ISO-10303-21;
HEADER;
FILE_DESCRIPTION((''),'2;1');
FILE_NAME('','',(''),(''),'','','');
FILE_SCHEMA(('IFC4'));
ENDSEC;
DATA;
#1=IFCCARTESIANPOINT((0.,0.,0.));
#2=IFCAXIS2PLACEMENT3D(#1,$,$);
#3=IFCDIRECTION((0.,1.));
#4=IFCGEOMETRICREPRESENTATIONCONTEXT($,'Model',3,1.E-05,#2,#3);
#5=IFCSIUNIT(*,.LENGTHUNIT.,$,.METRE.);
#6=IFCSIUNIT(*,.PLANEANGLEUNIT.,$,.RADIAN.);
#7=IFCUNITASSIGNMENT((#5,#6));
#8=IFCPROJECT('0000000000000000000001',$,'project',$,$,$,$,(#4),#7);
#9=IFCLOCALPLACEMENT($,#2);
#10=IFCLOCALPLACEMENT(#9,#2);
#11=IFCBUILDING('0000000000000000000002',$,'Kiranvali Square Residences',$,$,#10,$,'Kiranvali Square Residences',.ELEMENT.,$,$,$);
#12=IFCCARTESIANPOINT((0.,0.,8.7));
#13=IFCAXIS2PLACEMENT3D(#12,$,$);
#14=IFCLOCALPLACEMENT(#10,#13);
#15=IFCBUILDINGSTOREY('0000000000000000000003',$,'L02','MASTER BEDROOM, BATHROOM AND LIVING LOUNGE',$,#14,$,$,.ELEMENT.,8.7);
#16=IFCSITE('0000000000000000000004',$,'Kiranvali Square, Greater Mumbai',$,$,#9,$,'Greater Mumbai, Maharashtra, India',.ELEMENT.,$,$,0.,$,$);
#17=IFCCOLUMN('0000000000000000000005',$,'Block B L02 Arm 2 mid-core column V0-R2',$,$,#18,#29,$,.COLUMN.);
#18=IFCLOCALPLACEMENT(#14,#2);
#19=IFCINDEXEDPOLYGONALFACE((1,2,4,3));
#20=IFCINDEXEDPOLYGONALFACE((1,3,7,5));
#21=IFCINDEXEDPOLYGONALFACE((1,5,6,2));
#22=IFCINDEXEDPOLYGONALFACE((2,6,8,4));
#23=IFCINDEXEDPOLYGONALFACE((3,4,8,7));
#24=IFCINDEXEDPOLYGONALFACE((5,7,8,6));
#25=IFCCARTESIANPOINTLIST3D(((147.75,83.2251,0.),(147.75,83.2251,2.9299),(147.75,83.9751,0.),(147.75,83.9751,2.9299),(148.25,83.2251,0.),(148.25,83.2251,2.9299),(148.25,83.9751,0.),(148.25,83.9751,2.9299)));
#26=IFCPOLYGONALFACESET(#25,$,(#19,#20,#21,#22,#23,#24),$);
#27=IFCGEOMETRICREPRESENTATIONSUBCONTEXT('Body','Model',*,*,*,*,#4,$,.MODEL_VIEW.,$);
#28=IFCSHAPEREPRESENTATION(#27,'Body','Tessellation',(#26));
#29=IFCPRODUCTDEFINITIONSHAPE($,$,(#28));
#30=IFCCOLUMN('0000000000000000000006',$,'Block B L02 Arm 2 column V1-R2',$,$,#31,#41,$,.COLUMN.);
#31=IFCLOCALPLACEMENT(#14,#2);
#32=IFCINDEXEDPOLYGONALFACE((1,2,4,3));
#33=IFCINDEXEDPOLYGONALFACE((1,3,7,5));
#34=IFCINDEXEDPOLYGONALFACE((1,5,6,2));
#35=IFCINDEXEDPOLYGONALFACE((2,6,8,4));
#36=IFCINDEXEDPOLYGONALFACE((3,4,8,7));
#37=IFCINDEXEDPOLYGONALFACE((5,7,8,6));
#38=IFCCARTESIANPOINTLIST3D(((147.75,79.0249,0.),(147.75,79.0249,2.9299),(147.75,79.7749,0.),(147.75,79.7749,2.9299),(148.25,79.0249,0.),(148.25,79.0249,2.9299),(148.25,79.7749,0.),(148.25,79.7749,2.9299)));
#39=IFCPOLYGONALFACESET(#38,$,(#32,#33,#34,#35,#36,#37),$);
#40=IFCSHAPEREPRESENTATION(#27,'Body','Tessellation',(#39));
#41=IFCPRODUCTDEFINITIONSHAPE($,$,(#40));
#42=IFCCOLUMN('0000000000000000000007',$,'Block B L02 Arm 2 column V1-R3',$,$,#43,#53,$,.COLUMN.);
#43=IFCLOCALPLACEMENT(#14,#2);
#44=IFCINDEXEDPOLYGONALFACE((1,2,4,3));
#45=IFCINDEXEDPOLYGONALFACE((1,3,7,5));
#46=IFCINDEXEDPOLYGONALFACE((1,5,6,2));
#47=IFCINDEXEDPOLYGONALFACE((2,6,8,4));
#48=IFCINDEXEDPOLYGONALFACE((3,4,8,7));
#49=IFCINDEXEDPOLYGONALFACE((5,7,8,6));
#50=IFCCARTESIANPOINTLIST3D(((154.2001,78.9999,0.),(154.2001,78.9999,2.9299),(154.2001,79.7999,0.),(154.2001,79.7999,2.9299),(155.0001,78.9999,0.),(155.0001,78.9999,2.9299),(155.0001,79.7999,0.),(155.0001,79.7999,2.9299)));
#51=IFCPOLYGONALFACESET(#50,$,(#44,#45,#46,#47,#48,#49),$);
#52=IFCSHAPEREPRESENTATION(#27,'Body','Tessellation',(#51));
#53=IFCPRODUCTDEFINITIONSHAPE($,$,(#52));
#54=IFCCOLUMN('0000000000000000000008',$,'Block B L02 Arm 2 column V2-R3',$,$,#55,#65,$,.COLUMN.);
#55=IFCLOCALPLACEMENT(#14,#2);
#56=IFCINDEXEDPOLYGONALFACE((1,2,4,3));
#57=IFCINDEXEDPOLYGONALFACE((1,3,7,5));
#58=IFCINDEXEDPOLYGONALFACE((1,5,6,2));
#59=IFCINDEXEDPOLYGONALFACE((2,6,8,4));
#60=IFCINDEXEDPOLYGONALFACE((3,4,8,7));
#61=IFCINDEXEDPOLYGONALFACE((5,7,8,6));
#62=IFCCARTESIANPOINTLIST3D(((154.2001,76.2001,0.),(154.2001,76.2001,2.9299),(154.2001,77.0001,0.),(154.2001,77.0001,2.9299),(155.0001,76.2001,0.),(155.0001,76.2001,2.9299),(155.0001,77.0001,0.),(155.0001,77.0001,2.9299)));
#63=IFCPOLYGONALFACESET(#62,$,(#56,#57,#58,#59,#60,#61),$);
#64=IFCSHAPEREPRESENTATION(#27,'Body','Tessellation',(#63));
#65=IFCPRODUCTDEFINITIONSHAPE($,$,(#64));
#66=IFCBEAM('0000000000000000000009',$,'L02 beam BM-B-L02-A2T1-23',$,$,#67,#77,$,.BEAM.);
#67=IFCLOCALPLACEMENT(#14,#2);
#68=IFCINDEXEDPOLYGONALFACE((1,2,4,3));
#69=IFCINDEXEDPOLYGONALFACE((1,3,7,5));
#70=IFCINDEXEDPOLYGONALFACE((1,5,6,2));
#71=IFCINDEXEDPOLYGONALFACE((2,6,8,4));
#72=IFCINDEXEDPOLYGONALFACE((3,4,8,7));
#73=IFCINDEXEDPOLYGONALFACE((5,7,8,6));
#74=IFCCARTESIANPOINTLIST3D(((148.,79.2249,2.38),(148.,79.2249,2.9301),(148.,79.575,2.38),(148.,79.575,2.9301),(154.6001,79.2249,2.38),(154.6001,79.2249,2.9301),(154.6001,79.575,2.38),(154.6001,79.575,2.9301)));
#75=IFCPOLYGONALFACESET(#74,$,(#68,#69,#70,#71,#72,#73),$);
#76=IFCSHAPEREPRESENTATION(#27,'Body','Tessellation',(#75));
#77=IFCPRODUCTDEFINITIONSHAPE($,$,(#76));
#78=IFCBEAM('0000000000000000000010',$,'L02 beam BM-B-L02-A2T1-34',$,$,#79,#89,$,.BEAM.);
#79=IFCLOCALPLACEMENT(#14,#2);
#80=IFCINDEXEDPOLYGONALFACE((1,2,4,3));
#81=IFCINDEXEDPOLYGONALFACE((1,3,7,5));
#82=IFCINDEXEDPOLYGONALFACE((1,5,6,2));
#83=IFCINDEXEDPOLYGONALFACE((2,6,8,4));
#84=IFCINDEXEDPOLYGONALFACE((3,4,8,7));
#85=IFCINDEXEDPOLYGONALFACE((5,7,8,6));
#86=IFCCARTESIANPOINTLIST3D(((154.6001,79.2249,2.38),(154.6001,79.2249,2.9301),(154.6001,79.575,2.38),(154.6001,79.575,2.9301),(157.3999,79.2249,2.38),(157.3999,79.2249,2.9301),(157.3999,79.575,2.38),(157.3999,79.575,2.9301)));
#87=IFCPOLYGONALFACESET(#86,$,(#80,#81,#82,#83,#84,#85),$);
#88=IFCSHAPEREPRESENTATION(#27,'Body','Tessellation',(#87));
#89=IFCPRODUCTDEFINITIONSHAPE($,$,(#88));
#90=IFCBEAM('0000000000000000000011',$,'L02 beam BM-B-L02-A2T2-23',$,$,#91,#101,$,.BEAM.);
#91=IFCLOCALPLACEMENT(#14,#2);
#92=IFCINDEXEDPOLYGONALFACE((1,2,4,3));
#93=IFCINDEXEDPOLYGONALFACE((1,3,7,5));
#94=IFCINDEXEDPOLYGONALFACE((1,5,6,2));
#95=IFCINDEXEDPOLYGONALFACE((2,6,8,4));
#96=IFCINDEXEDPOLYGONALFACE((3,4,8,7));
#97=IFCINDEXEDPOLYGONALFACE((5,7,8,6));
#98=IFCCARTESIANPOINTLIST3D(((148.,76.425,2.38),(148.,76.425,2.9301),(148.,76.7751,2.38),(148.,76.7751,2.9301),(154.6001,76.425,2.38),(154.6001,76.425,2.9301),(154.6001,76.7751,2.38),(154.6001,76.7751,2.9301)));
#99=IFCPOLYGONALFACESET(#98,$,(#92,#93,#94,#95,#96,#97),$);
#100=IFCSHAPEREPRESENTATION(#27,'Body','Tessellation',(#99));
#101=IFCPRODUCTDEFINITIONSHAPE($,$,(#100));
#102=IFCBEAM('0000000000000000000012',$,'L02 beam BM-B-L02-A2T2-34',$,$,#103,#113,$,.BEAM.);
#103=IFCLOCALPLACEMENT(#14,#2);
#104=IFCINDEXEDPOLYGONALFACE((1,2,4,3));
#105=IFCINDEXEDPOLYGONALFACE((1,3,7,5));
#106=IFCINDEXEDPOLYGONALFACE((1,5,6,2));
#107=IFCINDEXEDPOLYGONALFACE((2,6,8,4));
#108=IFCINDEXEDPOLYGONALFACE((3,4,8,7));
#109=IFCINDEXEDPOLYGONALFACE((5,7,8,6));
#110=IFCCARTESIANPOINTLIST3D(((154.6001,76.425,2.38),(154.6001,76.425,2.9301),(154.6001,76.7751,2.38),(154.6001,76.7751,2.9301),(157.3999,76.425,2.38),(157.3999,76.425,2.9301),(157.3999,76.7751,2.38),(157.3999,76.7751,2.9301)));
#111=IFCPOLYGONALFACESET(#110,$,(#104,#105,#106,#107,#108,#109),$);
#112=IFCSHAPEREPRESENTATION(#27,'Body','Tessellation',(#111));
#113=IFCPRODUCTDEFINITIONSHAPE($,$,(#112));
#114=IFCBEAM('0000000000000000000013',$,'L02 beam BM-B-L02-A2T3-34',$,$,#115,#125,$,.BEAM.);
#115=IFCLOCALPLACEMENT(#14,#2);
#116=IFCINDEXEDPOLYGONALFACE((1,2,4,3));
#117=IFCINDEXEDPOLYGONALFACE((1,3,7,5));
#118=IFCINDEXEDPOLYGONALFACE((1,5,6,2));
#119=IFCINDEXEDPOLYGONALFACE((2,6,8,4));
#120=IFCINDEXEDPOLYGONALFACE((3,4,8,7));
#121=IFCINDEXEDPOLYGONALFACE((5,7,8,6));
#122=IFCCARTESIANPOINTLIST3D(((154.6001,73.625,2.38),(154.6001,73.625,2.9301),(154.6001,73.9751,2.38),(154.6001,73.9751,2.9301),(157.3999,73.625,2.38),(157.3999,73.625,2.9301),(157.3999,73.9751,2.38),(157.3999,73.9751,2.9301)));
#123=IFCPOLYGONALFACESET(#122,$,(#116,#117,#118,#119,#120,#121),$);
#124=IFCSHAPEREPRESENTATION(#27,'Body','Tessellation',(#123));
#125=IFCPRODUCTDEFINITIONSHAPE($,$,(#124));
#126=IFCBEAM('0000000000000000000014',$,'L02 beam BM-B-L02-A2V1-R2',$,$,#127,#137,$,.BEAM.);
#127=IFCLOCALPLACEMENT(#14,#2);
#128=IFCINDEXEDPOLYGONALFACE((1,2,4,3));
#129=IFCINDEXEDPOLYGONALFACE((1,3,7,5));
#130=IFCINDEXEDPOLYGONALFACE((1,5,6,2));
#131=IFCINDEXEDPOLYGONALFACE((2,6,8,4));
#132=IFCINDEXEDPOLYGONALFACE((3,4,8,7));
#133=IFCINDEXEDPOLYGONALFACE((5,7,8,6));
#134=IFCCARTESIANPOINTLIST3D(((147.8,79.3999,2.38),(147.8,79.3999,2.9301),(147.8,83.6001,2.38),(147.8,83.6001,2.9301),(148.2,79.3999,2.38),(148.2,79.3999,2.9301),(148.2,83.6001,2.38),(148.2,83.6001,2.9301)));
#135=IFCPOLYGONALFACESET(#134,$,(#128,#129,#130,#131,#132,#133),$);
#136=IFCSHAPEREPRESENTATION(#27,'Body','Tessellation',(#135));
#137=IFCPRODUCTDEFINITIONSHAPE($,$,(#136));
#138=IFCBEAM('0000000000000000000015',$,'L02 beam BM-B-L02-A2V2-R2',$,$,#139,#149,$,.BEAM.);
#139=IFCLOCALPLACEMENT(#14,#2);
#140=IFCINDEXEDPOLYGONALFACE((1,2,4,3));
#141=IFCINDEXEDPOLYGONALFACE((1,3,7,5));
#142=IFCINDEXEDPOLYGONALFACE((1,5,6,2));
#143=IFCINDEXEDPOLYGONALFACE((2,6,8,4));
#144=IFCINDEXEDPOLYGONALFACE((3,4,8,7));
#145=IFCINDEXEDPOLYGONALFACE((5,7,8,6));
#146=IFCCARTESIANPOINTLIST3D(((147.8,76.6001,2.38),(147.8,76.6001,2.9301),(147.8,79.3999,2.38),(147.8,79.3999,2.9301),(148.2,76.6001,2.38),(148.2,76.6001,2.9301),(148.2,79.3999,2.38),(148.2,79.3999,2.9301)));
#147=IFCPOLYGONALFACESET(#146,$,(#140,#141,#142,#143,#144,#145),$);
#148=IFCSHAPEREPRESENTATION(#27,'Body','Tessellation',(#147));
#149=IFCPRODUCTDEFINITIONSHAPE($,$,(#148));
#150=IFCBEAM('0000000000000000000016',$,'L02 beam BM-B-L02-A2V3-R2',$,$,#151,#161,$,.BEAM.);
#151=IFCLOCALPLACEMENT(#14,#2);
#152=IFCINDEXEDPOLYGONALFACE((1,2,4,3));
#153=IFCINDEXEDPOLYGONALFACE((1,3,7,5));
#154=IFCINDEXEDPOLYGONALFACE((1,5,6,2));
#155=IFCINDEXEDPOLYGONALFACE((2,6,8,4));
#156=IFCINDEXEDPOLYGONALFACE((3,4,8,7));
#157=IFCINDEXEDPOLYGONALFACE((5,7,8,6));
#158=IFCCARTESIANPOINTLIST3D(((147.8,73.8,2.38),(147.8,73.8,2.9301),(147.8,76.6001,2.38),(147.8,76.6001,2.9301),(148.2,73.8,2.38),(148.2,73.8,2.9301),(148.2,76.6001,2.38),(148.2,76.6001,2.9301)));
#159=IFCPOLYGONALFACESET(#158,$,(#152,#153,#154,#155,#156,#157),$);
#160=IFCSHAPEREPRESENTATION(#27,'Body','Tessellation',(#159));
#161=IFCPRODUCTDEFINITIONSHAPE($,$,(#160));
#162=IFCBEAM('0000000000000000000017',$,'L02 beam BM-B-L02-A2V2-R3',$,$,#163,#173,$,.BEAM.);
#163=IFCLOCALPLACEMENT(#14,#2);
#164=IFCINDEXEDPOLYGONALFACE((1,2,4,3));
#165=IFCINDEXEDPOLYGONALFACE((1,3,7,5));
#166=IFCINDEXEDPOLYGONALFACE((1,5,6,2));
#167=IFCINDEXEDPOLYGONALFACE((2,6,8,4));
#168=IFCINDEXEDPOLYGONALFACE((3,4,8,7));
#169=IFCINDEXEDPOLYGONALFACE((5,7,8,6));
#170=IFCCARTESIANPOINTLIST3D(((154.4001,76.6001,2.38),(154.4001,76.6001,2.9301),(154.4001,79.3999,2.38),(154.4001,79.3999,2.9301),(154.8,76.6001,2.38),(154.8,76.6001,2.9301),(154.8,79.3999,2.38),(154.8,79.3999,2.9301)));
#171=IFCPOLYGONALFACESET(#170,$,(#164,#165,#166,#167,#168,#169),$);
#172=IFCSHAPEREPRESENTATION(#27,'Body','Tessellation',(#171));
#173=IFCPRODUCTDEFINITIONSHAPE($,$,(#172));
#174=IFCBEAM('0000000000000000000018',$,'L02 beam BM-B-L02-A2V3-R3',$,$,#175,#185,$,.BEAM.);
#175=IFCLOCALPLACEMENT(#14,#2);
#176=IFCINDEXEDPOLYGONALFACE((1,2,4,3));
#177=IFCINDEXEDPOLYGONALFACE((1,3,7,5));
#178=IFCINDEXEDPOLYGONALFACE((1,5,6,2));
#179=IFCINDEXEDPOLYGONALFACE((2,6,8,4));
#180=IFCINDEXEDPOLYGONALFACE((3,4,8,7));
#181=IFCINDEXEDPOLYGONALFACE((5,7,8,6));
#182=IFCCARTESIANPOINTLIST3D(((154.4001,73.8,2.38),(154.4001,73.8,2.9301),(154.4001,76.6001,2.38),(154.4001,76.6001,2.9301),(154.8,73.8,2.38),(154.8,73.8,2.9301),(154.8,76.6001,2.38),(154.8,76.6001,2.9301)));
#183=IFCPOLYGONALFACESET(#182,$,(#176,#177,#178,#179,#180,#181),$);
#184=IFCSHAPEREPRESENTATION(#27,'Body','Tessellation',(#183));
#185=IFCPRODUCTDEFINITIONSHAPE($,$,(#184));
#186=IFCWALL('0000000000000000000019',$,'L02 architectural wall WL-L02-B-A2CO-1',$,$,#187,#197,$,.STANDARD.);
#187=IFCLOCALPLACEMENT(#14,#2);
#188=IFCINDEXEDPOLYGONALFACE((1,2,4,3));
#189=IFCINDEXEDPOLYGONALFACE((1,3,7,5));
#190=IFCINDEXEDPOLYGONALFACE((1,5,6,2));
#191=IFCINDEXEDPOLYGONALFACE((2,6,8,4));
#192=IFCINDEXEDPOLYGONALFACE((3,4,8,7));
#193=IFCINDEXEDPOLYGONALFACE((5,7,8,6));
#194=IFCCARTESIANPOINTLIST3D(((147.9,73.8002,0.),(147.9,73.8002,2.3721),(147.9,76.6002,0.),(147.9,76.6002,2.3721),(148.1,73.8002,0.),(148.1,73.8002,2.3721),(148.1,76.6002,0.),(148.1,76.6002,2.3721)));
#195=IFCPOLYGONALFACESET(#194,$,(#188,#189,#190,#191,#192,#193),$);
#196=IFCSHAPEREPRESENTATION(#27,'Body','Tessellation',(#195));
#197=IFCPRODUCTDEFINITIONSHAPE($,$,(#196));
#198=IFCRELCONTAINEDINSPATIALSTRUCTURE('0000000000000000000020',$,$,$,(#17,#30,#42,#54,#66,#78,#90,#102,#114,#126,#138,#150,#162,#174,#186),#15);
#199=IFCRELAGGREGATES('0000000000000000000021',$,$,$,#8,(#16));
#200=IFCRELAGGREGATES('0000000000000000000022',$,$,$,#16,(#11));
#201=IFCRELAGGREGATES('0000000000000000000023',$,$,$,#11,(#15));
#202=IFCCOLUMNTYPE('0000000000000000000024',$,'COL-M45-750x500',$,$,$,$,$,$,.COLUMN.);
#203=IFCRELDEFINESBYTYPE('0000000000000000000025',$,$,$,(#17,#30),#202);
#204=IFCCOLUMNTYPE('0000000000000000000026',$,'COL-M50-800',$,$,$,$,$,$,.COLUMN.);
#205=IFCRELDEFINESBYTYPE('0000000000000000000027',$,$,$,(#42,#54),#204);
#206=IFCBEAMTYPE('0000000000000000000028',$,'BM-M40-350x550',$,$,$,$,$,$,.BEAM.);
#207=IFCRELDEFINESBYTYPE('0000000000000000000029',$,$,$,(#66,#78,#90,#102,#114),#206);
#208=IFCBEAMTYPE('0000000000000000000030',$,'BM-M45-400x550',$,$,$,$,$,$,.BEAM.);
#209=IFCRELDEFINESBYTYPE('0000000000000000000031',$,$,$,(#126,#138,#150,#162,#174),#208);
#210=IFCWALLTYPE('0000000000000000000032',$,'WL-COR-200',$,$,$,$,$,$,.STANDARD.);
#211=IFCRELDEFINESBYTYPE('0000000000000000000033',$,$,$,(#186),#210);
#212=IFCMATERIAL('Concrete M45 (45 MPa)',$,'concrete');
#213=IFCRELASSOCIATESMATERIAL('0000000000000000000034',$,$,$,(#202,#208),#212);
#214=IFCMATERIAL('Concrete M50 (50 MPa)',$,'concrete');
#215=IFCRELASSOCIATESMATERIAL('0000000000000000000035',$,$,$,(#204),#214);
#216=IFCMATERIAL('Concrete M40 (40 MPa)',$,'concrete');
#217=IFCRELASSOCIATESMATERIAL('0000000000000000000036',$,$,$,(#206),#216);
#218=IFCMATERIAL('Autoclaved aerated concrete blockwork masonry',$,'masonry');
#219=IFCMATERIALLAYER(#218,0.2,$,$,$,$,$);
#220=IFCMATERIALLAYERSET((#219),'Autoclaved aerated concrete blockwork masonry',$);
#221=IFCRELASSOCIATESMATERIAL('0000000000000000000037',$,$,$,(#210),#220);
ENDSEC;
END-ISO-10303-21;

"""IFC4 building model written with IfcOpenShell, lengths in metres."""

from ifc_helpers import new_model, si_unit, direction, frame, frame_2d, origin, origin_2d, place, context, subcontext, project, spatial, rectangle, extrude, material, layer, layer_set, material_profile, profile_set, type_object, element, save


model = new_model("IFC4")

# Units and contexts
model_context = context("Model", 3, precision=1e-05, world=origin(), true_north=direction((0.0, 1.0)))
body_context = subcontext(model_context, "Body", "Model", "MODEL_VIEW")
ifc_project = project(units=[si_unit("LENGTHUNIT", "METRE"), si_unit("PLANEANGLEUNIT", "RADIAN")], contexts=[model_context])

# Site, building, storey
site_placement = place(None, origin())
site = spatial("IfcSite", under=ifc_project, at=site_placement, Name="Kiranvali Square, Greater Mumbai", LongName="Greater Mumbai, Maharashtra, India", CompositionType="ELEMENT", RefElevation=0.0)
building_placement = place(site_placement, origin())
building = spatial("IfcBuilding", under=site, at=building_placement, Name="Kiranvali Square Residences", LongName="Kiranvali Square Residences", CompositionType="ELEMENT")
storey_placement = place(building_placement, frame((0.0, 0.0, 8.7)))
storey = spatial("IfcBuildingStorey", under=building, at=storey_placement, Name="L02", Description="MASTER BEDROOM, BATHROOM AND LIVING LOUNGE", CompositionType="ELEMENT", Elevation=8.7)

# Columns
ifc_material_1 = material(Name="Concrete M45 (45 MPa)", Category="concrete")
ifc_material_profile_1 = material_profile(ifc_material_1, rectangle(XDim=0.5, YDim=0.75, at=origin_2d()), Name="RC 750x500")
ifc_profile_set_1 = profile_set([ifc_material_profile_1], Name="Concrete M45 (45 MPa)")
column_type_1 = type_object("IfcColumnType", Name="COL-M45-750x500", PredefinedType="COLUMN", material=ifc_profile_set_1)
for number, where, z_axis, x_axis, name in (
    (1, (148.0, 83.6001, 0.0), (0.0, 0.0, 1.0), (1.0, 0.0, 0.0), "Block B L02 Arm 2 mid-core column V0-R2"),
    (2, (148.0, 79.3999, 0.0), (0.0, 0.0, 1.0), (1.0, 0.0, 0.0), "Block B L02 Arm 2 column V1-R2"),
):
    element("IfcColumn", number, at=place(storey_placement, frame(where, z_axis=z_axis, x_axis=x_axis)), inside=storey, type_object=column_type_1, Name=name, PredefinedType="COLUMN", context=body_context, shape_type="SweptSolid", body=[
        extrude(rectangle(XDim=0.5, YDim=0.75, at=origin_2d()), origin(), (0.0, 0.0, 1.0), 2.9299),
    ])
ifc_material_2 = material(Name="Concrete M50 (50 MPa)", Category="concrete")
ifc_material_profile_2 = material_profile(ifc_material_2, rectangle(XDim=0.8, YDim=0.8, at=origin_2d()), Name="RC 800x800")
ifc_profile_set_2 = profile_set([ifc_material_profile_2], Name="Concrete M50 (50 MPa)")
column_type_2 = type_object("IfcColumnType", Name="COL-M50-800", PredefinedType="COLUMN", material=ifc_profile_set_2)
for number, where, z_axis, x_axis, name in (
    (3, (154.6001, 79.3999, 0.0), (0.0, 0.0, 1.0), (1.0, 0.0, 0.0), "Block B L02 Arm 2 column V1-R3"),
    (4, (154.6001, 76.6001, 0.0), (0.0, 0.0, 1.0), (1.0, 0.0, 0.0), "Block B L02 Arm 2 column V2-R3"),
):
    element("IfcColumn", number, at=place(storey_placement, frame(where, z_axis=z_axis, x_axis=x_axis)), inside=storey, type_object=column_type_2, Name=name, PredefinedType="COLUMN", context=body_context, shape_type="SweptSolid", body=[
        extrude(rectangle(XDim=0.8, YDim=0.8, at=origin_2d()), origin(), (0.0, 0.0, 1.0), 2.9299),
    ])

# Beams
ifc_material_3 = material(Name="Concrete M40 (40 MPa)", Category="concrete")
ifc_material_profile_3 = material_profile(ifc_material_3, rectangle(XDim=0.3501, YDim=0.55, at=origin_2d()), Name="RC 350x550")
ifc_profile_set_3 = profile_set([ifc_material_profile_3], Name="Concrete M40 (40 MPa)")
beam_type_1 = type_object("IfcBeamType", Name="BM-M40-350x550", PredefinedType="BEAM", material=ifc_profile_set_3)
beam_1_placement = place(storey_placement, frame((148.0, 79.3999, 2.655), z_axis=(1.0, 0.0, 0.0), x_axis=(0.0, 1.0, 0.0)))
element("IfcBeam", 5, at=beam_1_placement, inside=storey, type_object=beam_type_1, Name="L02 beam BM-B-L02-A2T1-23", PredefinedType="BEAM", context=body_context, shape_type="SweptSolid", body=[
    extrude(rectangle(XDim=0.3501, YDim=0.55, at=origin_2d()), origin(), (0.0, 0.0, 1.0), 6.6001),
])
beam_2_placement = place(storey_placement, frame((154.6001, 79.3999, 2.655), z_axis=(1.0, 0.0, 0.0), x_axis=(0.0, 1.0, 0.0)))
element("IfcBeam", 6, at=beam_2_placement, inside=storey, type_object=beam_type_1, Name="L02 beam BM-B-L02-A2T1-34", PredefinedType="BEAM", context=body_context, shape_type="SweptSolid", body=[
    extrude(rectangle(XDim=0.3501, YDim=0.55, at=origin_2d()), origin(), (0.0, 0.0, 1.0), 2.7998),
])
beam_3_placement = place(storey_placement, frame((148.0, 76.6001, 2.655), z_axis=(1.0, 0.0, 0.0), x_axis=(0.0, 1.0, 0.0)))
element("IfcBeam", 7, at=beam_3_placement, inside=storey, type_object=beam_type_1, Name="L02 beam BM-B-L02-A2T2-23", PredefinedType="BEAM", context=body_context, shape_type="SweptSolid", body=[
    extrude(rectangle(XDim=0.3501, YDim=0.55, at=origin_2d()), origin(), (0.0, 0.0, 1.0), 6.6001),
])
for number, where, z_axis, x_axis, name in (
    (8, (154.6001, 76.6001, 2.655), (1.0, 0.0, 0.0), (0.0, 1.0, 0.0), "L02 beam BM-B-L02-A2T2-34"),
    (9, (154.6001, 73.8, 2.655), (1.0, 0.0, 0.0), (0.0, 1.0, 0.0), "L02 beam BM-B-L02-A2T3-34"),
):
    element("IfcBeam", number, at=place(storey_placement, frame(where, z_axis=z_axis, x_axis=x_axis)), inside=storey, type_object=beam_type_1, Name=name, PredefinedType="BEAM", context=body_context, shape_type="SweptSolid", body=[
        extrude(rectangle(XDim=0.3501, YDim=0.55, at=origin_2d()), origin(), (0.0, 0.0, 1.0), 2.7998),
    ])
ifc_material_profile_4 = material_profile(ifc_material_1, rectangle(XDim=0.3999, YDim=0.55, at=origin_2d()), Name="RC 400x550")
ifc_profile_set_4 = profile_set([ifc_material_profile_4], Name="Concrete M45 (45 MPa)")
beam_type_2 = type_object("IfcBeamType", Name="BM-M45-400x550", PredefinedType="BEAM", material=ifc_profile_set_4)
beam_4_placement = place(storey_placement, frame((148.0, 83.6001, 2.655), z_axis=(0.0, -1.0, 0.0), x_axis=(1.0, 0.0, 0.0)))
element("IfcBeam", 10, at=beam_4_placement, inside=storey, type_object=beam_type_2, Name="L02 beam BM-B-L02-A2V1-R2", PredefinedType="BEAM", context=body_context, shape_type="SweptSolid", body=[
    extrude(rectangle(XDim=0.3999, YDim=0.55, at=origin_2d()), origin(), (0.0, 0.0, 1.0), 4.2002),
])
beam_5_placement = place(storey_placement, frame((148.0, 79.3999, 2.655), z_axis=(0.0, -1.0, 0.0), x_axis=(1.0, 0.0, 0.0)))
element("IfcBeam", 11, at=beam_5_placement, inside=storey, type_object=beam_type_2, Name="L02 beam BM-B-L02-A2V2-R2", PredefinedType="BEAM", context=body_context, shape_type="SweptSolid", body=[
    extrude(rectangle(XDim=0.3999, YDim=0.55, at=origin_2d()), origin(), (0.0, 0.0, 1.0), 2.7998),
])
beam_6_placement = place(storey_placement, frame((148.0, 76.6001, 2.655), z_axis=(0.0, -1.0, 0.0), x_axis=(1.0, 0.0, 0.0)))
element("IfcBeam", 12, at=beam_6_placement, inside=storey, type_object=beam_type_2, Name="L02 beam BM-B-L02-A2V3-R2", PredefinedType="BEAM", context=body_context, shape_type="SweptSolid", body=[
    extrude(rectangle(XDim=0.3999, YDim=0.55, at=origin_2d()), origin(), (0.0, 0.0, 1.0), 2.8),
])
beam_7_placement = place(storey_placement, frame((154.6001, 79.3999, 2.655), z_axis=(0.0, -1.0, 0.0), x_axis=(1.0, 0.0, 0.0)))
element("IfcBeam", 13, at=beam_7_placement, inside=storey, type_object=beam_type_2, Name="L02 beam BM-B-L02-A2V2-R3", PredefinedType="BEAM", context=body_context, shape_type="SweptSolid", body=[
    extrude(rectangle(XDim=0.3999, YDim=0.55, at=origin_2d()), origin(), (0.0, 0.0, 1.0), 2.7998),
])
beam_8_placement = place(storey_placement, frame((154.6001, 76.6001, 2.655), z_axis=(0.0, -1.0, 0.0), x_axis=(1.0, 0.0, 0.0)))
element("IfcBeam", 14, at=beam_8_placement, inside=storey, type_object=beam_type_2, Name="L02 beam BM-B-L02-A2V3-R3", PredefinedType="BEAM", context=body_context, shape_type="SweptSolid", body=[
    extrude(rectangle(XDim=0.3999, YDim=0.55, at=origin_2d()), origin(), (0.0, 0.0, 1.0), 2.8),
])

# Shared definitions
ifc_material_4 = material(Name="Autoclaved aerated concrete blockwork masonry", Category="masonry")
ifc_layer_1 = layer(ifc_material_4, 0.2)
ifc_layer_set_1 = layer_set([ifc_layer_1], Name="Autoclaved aerated concrete blockwork masonry")
wall_type_1 = type_object("IfcWallType", Name="WL-COR-200", PredefinedType="STANDARD", material=ifc_layer_set_1)

# Wall
wall_1_placement = place(storey_placement, frame((148.0, 76.6001, 0.0), z_axis=(0.0, 0.0, 1.0), x_axis=(0.0, -1.0, 0.0)))
element("IfcWall", 15, at=wall_1_placement, inside=storey, type_object=wall_type_1, Name="L02 architectural wall WL-L02-B-A2CO-1", PredefinedType="STANDARD", context=body_context, shape_type="SweptSolid", body=[
    extrude(rectangle(XDim=2.8, YDim=0.2, at=frame_2d((1.3999, 0.0))), origin(), (0.0, 0.0, 1.0), 2.3721),
])

save(model, "model.ifc")
